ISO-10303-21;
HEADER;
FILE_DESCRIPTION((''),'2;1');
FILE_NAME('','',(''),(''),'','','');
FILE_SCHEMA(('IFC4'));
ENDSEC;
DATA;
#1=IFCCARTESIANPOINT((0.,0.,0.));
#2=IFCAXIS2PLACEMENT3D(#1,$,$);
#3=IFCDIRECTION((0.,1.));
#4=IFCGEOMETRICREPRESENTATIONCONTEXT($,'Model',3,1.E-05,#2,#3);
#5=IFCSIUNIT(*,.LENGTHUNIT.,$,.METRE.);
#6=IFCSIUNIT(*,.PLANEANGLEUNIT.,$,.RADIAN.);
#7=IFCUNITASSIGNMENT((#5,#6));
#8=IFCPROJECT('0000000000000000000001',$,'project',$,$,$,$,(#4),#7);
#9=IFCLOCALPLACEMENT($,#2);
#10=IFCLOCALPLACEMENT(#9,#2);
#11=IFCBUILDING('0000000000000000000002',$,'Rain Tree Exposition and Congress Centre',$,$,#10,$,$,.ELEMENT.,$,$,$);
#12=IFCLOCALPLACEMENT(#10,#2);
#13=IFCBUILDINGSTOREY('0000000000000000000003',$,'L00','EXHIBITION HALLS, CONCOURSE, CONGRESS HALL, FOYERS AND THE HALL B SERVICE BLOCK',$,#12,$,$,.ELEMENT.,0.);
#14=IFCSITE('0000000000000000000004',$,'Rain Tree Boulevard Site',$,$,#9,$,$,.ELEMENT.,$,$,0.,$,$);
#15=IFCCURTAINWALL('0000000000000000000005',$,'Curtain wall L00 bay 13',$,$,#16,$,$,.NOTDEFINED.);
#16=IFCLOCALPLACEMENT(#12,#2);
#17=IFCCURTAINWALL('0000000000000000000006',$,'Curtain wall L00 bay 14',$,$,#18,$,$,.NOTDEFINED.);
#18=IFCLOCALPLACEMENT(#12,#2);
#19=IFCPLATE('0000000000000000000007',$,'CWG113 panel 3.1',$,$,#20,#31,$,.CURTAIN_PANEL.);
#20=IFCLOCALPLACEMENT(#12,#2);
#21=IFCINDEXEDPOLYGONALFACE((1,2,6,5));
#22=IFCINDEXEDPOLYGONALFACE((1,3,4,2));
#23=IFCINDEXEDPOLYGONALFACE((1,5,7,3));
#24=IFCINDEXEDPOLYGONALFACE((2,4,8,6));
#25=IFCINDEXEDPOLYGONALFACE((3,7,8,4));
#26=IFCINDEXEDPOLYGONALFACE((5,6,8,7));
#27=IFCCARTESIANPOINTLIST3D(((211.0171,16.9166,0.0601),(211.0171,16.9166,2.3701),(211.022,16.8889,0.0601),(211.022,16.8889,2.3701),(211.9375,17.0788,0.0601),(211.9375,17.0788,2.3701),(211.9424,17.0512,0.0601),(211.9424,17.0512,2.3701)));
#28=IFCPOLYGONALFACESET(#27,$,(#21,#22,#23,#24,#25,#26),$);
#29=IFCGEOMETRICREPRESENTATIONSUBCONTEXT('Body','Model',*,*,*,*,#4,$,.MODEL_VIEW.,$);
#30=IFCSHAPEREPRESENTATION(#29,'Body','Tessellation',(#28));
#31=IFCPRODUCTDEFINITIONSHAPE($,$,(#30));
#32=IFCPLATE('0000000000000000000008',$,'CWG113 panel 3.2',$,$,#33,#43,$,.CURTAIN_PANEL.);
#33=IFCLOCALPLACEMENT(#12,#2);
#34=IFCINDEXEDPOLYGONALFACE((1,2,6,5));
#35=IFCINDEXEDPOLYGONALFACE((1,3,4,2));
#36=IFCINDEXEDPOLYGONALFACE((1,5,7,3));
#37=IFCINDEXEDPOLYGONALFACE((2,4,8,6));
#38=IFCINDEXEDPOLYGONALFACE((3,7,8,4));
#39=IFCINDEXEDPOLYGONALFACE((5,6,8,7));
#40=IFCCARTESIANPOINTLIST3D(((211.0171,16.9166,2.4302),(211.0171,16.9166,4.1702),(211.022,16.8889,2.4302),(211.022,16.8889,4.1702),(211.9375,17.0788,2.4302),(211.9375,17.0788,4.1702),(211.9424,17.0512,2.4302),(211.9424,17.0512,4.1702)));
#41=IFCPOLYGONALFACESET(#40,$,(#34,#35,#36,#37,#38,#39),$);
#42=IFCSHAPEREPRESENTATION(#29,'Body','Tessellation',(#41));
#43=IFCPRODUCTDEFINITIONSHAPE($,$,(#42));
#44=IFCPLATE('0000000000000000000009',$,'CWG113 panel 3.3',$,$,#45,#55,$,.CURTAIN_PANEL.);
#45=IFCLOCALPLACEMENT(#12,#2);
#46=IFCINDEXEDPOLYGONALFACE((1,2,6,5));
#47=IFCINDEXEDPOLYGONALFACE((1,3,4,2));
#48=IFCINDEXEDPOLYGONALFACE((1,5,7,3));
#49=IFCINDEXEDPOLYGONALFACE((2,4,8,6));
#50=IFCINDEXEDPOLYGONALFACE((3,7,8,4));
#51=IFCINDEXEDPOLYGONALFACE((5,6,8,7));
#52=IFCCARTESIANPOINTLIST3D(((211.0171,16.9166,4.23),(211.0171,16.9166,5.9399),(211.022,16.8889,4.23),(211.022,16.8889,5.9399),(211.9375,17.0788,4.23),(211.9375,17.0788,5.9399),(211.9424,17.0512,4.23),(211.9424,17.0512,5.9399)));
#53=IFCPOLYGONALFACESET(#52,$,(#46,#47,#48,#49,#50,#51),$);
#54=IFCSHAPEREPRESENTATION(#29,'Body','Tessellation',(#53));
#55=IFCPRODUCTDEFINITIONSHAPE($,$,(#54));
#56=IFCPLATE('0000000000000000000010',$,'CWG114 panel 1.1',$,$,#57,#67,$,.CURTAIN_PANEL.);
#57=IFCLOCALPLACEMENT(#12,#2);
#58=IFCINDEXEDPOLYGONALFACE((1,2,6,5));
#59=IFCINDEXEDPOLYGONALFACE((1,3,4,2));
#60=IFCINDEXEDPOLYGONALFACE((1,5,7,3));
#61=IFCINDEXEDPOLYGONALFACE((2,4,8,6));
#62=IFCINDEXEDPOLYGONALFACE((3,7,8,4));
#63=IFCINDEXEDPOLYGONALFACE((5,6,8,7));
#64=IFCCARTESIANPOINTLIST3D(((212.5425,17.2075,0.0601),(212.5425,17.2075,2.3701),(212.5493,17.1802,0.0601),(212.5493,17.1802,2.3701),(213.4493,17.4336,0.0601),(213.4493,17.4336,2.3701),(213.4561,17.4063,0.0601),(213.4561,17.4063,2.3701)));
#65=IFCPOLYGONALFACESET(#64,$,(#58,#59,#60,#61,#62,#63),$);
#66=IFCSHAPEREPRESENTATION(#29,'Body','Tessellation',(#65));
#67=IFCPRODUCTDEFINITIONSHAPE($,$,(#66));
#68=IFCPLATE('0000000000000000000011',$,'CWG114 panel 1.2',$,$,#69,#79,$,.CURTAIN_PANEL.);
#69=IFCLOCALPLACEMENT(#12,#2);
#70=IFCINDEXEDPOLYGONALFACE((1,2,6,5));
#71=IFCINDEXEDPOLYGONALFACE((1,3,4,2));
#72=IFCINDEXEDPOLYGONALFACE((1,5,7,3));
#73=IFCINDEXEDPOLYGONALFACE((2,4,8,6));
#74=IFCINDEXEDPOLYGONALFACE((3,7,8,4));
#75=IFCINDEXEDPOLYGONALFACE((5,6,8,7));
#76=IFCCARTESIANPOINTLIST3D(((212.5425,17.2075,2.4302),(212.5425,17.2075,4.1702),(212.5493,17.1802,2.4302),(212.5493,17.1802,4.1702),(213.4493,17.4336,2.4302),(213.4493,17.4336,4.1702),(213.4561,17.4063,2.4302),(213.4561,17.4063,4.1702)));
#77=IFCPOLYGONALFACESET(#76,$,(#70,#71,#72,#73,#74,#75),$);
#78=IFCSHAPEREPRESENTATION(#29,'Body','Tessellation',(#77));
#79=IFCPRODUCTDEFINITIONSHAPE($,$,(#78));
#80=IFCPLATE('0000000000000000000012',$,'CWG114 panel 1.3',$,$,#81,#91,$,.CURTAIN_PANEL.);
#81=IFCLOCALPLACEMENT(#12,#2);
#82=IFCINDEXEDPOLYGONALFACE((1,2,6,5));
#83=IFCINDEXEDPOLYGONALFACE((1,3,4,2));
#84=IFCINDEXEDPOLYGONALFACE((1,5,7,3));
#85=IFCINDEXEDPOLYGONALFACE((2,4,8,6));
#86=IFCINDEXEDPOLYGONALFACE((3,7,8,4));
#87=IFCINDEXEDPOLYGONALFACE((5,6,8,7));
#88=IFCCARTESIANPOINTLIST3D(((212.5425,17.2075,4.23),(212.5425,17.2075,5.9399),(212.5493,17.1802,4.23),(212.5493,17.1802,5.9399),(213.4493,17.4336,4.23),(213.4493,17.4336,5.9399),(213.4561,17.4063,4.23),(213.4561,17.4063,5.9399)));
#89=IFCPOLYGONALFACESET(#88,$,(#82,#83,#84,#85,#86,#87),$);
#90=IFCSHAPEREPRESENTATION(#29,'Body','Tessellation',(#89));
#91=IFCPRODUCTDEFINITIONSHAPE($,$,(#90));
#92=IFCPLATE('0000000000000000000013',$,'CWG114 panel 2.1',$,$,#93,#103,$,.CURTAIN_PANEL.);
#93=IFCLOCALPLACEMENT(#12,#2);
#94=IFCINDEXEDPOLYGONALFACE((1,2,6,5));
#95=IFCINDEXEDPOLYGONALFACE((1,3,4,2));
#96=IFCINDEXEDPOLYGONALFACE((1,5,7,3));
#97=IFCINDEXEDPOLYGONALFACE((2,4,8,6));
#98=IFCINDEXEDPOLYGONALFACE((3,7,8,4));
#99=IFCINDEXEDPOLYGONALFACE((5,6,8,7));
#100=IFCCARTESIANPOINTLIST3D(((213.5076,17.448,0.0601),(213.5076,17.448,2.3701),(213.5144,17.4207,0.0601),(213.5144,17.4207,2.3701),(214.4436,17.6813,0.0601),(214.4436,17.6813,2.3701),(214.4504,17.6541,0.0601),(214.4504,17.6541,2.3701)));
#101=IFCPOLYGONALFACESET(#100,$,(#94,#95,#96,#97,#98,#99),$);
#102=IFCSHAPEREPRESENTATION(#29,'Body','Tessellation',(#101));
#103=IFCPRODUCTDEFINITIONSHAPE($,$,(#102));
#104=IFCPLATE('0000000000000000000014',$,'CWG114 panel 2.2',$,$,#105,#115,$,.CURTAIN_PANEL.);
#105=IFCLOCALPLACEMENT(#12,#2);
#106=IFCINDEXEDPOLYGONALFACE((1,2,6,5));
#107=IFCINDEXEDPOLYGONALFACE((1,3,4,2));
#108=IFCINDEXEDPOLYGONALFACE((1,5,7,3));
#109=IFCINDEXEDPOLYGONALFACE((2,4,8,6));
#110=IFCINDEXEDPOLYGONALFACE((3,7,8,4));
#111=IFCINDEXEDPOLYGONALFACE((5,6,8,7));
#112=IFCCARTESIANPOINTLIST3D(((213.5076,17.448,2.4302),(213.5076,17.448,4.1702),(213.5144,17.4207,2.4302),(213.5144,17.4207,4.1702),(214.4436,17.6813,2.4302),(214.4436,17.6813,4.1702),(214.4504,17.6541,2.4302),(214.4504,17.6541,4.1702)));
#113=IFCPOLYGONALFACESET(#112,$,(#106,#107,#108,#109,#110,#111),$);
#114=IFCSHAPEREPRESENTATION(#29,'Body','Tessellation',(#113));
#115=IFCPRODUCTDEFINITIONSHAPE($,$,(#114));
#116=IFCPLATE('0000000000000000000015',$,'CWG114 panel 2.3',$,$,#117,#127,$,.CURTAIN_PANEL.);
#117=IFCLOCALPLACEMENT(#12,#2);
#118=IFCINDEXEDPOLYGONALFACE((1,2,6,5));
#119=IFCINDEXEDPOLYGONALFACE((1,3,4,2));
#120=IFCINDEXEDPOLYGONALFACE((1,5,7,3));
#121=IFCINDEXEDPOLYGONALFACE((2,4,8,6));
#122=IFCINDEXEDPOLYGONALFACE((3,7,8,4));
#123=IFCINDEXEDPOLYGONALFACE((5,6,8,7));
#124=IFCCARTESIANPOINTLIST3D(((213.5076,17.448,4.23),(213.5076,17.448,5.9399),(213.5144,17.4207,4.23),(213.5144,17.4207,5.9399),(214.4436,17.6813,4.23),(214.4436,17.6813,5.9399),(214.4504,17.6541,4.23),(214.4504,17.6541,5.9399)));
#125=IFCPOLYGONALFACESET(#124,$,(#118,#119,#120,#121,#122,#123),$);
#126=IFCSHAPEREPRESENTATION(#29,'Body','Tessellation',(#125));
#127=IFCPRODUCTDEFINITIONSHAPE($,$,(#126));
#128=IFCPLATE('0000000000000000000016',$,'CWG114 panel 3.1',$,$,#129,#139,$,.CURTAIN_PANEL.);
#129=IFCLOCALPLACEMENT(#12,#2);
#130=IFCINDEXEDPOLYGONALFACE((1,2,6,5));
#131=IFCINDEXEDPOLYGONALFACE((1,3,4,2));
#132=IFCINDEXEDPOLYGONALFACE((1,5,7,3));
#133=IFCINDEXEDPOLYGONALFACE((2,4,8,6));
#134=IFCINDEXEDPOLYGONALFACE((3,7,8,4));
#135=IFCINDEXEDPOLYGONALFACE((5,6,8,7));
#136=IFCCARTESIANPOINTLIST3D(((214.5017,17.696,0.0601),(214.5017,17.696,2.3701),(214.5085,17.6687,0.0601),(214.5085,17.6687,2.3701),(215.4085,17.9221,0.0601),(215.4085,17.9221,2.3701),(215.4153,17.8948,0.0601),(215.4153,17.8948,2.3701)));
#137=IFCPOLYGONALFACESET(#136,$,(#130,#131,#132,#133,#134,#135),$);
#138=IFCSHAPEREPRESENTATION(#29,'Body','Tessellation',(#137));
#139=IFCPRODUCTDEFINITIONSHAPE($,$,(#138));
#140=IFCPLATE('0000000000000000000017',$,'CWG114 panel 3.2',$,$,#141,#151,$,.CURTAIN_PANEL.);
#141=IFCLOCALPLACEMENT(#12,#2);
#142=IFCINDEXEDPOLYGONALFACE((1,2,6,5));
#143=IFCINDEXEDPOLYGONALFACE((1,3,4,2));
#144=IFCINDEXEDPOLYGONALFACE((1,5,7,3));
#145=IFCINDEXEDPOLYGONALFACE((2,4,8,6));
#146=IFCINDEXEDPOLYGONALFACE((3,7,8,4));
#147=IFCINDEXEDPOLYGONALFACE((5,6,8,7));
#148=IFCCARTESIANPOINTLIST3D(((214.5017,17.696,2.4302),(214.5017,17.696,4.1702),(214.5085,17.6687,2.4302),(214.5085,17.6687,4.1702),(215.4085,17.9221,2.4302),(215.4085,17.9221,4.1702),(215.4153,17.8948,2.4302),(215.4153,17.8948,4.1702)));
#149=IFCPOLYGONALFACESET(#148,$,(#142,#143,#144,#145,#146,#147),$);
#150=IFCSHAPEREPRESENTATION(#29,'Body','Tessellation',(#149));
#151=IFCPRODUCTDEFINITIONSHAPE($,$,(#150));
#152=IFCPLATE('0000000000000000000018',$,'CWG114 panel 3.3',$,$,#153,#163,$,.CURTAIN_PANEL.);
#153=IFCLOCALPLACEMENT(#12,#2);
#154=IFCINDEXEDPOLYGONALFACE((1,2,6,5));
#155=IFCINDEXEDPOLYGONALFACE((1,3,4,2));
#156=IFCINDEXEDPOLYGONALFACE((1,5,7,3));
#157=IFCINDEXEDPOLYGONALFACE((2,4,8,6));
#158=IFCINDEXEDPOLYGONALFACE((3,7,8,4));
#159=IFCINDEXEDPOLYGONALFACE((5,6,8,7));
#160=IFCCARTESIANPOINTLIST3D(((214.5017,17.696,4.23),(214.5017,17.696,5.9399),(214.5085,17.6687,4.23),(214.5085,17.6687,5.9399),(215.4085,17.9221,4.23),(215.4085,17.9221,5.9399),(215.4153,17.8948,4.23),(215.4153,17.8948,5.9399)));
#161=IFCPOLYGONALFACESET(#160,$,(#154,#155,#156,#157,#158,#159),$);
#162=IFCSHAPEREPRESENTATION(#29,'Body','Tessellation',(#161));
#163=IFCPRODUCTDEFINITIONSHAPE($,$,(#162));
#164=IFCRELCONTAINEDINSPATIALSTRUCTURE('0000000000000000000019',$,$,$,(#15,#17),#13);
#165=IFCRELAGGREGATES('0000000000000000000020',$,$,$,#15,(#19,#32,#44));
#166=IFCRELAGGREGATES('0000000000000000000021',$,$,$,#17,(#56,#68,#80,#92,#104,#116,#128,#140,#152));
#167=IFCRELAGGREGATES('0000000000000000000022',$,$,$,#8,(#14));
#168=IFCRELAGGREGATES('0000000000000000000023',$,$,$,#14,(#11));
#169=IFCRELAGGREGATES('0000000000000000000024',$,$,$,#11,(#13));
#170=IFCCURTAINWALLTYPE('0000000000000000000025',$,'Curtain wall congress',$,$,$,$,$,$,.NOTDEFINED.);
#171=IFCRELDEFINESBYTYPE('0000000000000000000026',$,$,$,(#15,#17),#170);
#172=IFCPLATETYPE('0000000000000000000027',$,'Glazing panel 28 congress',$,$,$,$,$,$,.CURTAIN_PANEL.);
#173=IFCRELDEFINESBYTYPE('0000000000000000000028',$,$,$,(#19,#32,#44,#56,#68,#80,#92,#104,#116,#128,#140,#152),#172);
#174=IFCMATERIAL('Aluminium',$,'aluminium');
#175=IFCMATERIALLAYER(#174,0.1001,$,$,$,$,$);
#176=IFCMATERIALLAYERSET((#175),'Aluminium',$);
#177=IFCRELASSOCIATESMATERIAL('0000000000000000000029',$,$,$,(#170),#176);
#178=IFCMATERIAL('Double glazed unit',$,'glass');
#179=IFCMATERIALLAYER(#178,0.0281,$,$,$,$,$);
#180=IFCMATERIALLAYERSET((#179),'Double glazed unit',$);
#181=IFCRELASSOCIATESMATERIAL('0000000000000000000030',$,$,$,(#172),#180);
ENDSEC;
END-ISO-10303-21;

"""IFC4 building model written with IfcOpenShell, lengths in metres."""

from ifc_helpers import new_model, si_unit, direction, frame, origin, origin_2d, place, context, subcontext, project, spatial, rectangle, extrude, material, layer, layer_set, type_object, element, aggregate, save


model = new_model("IFC4")

# Units and contexts
model_context = context("Model", 3, precision=1e-05, world=origin(), true_north=direction((0.0, 1.0)))
body_context = subcontext(model_context, "Body", "Model", "MODEL_VIEW")
ifc_project = project(units=[si_unit("LENGTHUNIT", "METRE"), si_unit("PLANEANGLEUNIT", "RADIAN")], contexts=[model_context])

# Site, building, storey
site_placement = place(None, origin())
site = spatial("IfcSite", under=ifc_project, at=site_placement, Name="Rain Tree Boulevard Site", CompositionType="ELEMENT", RefElevation=0.0)
building_placement = place(site_placement, origin())
building = spatial("IfcBuilding", under=site, at=building_placement, Name="Rain Tree Exposition and Congress Centre", CompositionType="ELEMENT")
storey_placement = place(building_placement, origin())
storey = spatial("IfcBuildingStorey", under=building, at=storey_placement, Name="L00", Description="EXHIBITION HALLS, CONCOURSE, CONGRESS HALL, FOYERS AND THE HALL B SERVICE BLOCK", CompositionType="ELEMENT", Elevation=0.0)

# Curtain wall
ifc_material_1 = material(Name="Aluminium", Category="aluminium")
ifc_layer_1 = layer(ifc_material_1, 0.1001)
ifc_layer_set_1 = layer_set([ifc_layer_1], Name="Aluminium")
curtain_wall_type = type_object("IfcCurtainWallType", Name="Curtain wall congress", PredefinedType="NOTDEFINED", material=ifc_layer_set_1)
curtain_wall_1_placement = place(storey_placement, origin())
curtain_wall_1 = element("IfcCurtainWall", 1, at=curtain_wall_1_placement, inside=storey, type_object=curtain_wall_type, Name="Curtain wall L00 bay 13", PredefinedType="NOTDEFINED")

# Curtain wall
curtain_wall_2_placement = place(storey_placement, origin())
curtain_wall_2 = element("IfcCurtainWall", 2, at=curtain_wall_2_placement, inside=storey, type_object=curtain_wall_type, Name="Curtain wall L00 bay 14", PredefinedType="NOTDEFINED")

# Plates
ifc_material_2 = material(Name="Double glazed unit", Category="glass")
ifc_layer_2 = layer(ifc_material_2, 0.0281)
ifc_layer_set_2 = layer_set([ifc_layer_2], Name="Double glazed unit")
plate_type = type_object("IfcPlateType", Name="Glazing panel 28 congress", PredefinedType="CURTAIN_PANEL", material=ifc_layer_set_2)
plate_1_placement = place(storey_placement, frame((211.4797, 16.9839, 0.0601), z_axis=(0.0, 0.0, 1.0), x_axis=(0.98481, 0.173635, 0.0)))
plate_1 = element("IfcPlate", 3, at=plate_1_placement, type_object=plate_type, Name="CWG113 panel 3.1", PredefinedType="CURTAIN_PANEL", context=body_context, shape_type="SweptSolid", body=[
    extrude(rectangle(XDim=0.9346, YDim=0.0281, at=origin_2d()), origin(), (0.0, 0.0, 1.0), 2.3101),
])
plate_2_placement = place(storey_placement, frame((211.4797, 16.9839, 2.4302), z_axis=(0.0, 0.0, 1.0), x_axis=(0.98481, 0.173635, 0.0)))
plate_2 = element("IfcPlate", 4, at=plate_2_placement, type_object=plate_type, Name="CWG113 panel 3.2", PredefinedType="CURTAIN_PANEL", context=body_context, shape_type="SweptSolid", body=[
    extrude(rectangle(XDim=0.9346, YDim=0.0281, at=origin_2d()), origin(), (0.0, 0.0, 1.0), 1.74),
])
plate_3_placement = place(storey_placement, frame((211.4797, 16.9839, 4.23), z_axis=(0.0, 0.0, 1.0), x_axis=(0.98481, 0.173635, 0.0)))
plate_3 = element("IfcPlate", 5, at=plate_3_placement, type_object=plate_type, Name="CWG113 panel 3.3", PredefinedType="CURTAIN_PANEL", context=body_context, shape_type="SweptSolid", body=[
    extrude(rectangle(XDim=0.9346, YDim=0.0281, at=origin_2d()), origin(), (0.0, 0.0, 1.0), 1.71),
])
aggregate(curtain_wall_1, [plate_1, plate_2, plate_3])
plate_4_placement = place(storey_placement, frame((212.9993, 17.3069, 0.0601), z_axis=(0.0, 0.0, 1.0), x_axis=(0.970295, 0.241923, 0.0)))
plate_4 = element("IfcPlate", 6, at=plate_4_placement, type_object=plate_type, Name="CWG114 panel 1.1", PredefinedType="CURTAIN_PANEL", context=body_context, shape_type="SweptSolid", body=[
    extrude(rectangle(XDim=0.9346, YDim=0.0281, at=origin_2d()), origin(), (0.0, 0.0, 1.0), 2.3101),
])
plate_5_placement = place(storey_placement, frame((212.9993, 17.3069, 2.4302), z_axis=(0.0, 0.0, 1.0), x_axis=(0.970295, 0.241923, 0.0)))
plate_5 = element("IfcPlate", 7, at=plate_5_placement, type_object=plate_type, Name="CWG114 panel 1.2", PredefinedType="CURTAIN_PANEL", context=body_context, shape_type="SweptSolid", body=[
    extrude(rectangle(XDim=0.9346, YDim=0.0281, at=origin_2d()), origin(), (0.0, 0.0, 1.0), 1.74),
])
plate_6_placement = place(storey_placement, frame((212.9993, 17.3069, 4.23), z_axis=(0.0, 0.0, 1.0), x_axis=(0.970295, 0.241923, 0.0)))
plate_6 = element("IfcPlate", 8, at=plate_6_placement, type_object=plate_type, Name="CWG114 panel 1.3", PredefinedType="CURTAIN_PANEL", context=body_context, shape_type="SweptSolid", body=[
    extrude(rectangle(XDim=0.9346, YDim=0.0281, at=origin_2d()), origin(), (0.0, 0.0, 1.0), 1.71),
])
plate_7_placement = place(storey_placement, frame((213.979, 17.551, 0.0601), z_axis=(0.0, 0.0, 1.0), x_axis=(0.970295, 0.241923, 0.0)))
plate_7 = element("IfcPlate", 9, at=plate_7_placement, type_object=plate_type, Name="CWG114 panel 2.1", PredefinedType="CURTAIN_PANEL", context=body_context, shape_type="SweptSolid", body=[
    extrude(rectangle(XDim=0.9646, YDim=0.0281, at=origin_2d()), origin(), (0.0, 0.0, 1.0), 2.3101),
])
plate_8_placement = place(storey_placement, frame((213.979, 17.551, 2.4302), z_axis=(0.0, 0.0, 1.0), x_axis=(0.970295, 0.241923, 0.0)))
plate_8 = element("IfcPlate", 10, at=plate_8_placement, type_object=plate_type, Name="CWG114 panel 2.2", PredefinedType="CURTAIN_PANEL", context=body_context, shape_type="SweptSolid", body=[
    extrude(rectangle(XDim=0.9646, YDim=0.0281, at=origin_2d()), origin(), (0.0, 0.0, 1.0), 1.74),
])
plate_9_placement = place(storey_placement, frame((213.979, 17.551, 4.23), z_axis=(0.0, 0.0, 1.0), x_axis=(0.970295, 0.241923, 0.0)))
plate_9 = element("IfcPlate", 11, at=plate_9_placement, type_object=plate_type, Name="CWG114 panel 2.3", PredefinedType="CURTAIN_PANEL", context=body_context, shape_type="SweptSolid", body=[
    extrude(rectangle(XDim=0.9646, YDim=0.0281, at=origin_2d()), origin(), (0.0, 0.0, 1.0), 1.71),
])
plate_10_placement = place(storey_placement, frame((214.9585, 17.7954, 0.0601), z_axis=(0.0, 0.0, 1.0), x_axis=(0.970295, 0.241923, 0.0)))
plate_10 = element("IfcPlate", 12, at=plate_10_placement, type_object=plate_type, Name="CWG114 panel 3.1", PredefinedType="CURTAIN_PANEL", context=body_context, shape_type="SweptSolid", body=[
    extrude(rectangle(XDim=0.9346, YDim=0.0281, at=origin_2d()), origin(), (0.0, 0.0, 1.0), 2.3101),
])
plate_11_placement = place(storey_placement, frame((214.9585, 17.7954, 2.4302), z_axis=(0.0, 0.0, 1.0), x_axis=(0.970295, 0.241923, 0.0)))
plate_11 = element("IfcPlate", 13, at=plate_11_placement, type_object=plate_type, Name="CWG114 panel 3.2", PredefinedType="CURTAIN_PANEL", context=body_context, shape_type="SweptSolid", body=[
    extrude(rectangle(XDim=0.9346, YDim=0.0281, at=origin_2d()), origin(), (0.0, 0.0, 1.0), 1.74),
])
plate_12_placement = place(storey_placement, frame((214.9585, 17.7954, 4.23), z_axis=(0.0, 0.0, 1.0), x_axis=(0.970295, 0.241923, 0.0)))
plate_12 = element("IfcPlate", 14, at=plate_12_placement, type_object=plate_type, Name="CWG114 panel 3.3", PredefinedType="CURTAIN_PANEL", context=body_context, shape_type="SweptSolid", body=[
    extrude(rectangle(XDim=0.9346, YDim=0.0281, at=origin_2d()), origin(), (0.0, 0.0, 1.0), 1.71),
])
aggregate(curtain_wall_2, [plate_4, plate_5, plate_6, plate_7, plate_8, plate_9, plate_10, plate_11, plate_12])

save(model, "model.ifc")
